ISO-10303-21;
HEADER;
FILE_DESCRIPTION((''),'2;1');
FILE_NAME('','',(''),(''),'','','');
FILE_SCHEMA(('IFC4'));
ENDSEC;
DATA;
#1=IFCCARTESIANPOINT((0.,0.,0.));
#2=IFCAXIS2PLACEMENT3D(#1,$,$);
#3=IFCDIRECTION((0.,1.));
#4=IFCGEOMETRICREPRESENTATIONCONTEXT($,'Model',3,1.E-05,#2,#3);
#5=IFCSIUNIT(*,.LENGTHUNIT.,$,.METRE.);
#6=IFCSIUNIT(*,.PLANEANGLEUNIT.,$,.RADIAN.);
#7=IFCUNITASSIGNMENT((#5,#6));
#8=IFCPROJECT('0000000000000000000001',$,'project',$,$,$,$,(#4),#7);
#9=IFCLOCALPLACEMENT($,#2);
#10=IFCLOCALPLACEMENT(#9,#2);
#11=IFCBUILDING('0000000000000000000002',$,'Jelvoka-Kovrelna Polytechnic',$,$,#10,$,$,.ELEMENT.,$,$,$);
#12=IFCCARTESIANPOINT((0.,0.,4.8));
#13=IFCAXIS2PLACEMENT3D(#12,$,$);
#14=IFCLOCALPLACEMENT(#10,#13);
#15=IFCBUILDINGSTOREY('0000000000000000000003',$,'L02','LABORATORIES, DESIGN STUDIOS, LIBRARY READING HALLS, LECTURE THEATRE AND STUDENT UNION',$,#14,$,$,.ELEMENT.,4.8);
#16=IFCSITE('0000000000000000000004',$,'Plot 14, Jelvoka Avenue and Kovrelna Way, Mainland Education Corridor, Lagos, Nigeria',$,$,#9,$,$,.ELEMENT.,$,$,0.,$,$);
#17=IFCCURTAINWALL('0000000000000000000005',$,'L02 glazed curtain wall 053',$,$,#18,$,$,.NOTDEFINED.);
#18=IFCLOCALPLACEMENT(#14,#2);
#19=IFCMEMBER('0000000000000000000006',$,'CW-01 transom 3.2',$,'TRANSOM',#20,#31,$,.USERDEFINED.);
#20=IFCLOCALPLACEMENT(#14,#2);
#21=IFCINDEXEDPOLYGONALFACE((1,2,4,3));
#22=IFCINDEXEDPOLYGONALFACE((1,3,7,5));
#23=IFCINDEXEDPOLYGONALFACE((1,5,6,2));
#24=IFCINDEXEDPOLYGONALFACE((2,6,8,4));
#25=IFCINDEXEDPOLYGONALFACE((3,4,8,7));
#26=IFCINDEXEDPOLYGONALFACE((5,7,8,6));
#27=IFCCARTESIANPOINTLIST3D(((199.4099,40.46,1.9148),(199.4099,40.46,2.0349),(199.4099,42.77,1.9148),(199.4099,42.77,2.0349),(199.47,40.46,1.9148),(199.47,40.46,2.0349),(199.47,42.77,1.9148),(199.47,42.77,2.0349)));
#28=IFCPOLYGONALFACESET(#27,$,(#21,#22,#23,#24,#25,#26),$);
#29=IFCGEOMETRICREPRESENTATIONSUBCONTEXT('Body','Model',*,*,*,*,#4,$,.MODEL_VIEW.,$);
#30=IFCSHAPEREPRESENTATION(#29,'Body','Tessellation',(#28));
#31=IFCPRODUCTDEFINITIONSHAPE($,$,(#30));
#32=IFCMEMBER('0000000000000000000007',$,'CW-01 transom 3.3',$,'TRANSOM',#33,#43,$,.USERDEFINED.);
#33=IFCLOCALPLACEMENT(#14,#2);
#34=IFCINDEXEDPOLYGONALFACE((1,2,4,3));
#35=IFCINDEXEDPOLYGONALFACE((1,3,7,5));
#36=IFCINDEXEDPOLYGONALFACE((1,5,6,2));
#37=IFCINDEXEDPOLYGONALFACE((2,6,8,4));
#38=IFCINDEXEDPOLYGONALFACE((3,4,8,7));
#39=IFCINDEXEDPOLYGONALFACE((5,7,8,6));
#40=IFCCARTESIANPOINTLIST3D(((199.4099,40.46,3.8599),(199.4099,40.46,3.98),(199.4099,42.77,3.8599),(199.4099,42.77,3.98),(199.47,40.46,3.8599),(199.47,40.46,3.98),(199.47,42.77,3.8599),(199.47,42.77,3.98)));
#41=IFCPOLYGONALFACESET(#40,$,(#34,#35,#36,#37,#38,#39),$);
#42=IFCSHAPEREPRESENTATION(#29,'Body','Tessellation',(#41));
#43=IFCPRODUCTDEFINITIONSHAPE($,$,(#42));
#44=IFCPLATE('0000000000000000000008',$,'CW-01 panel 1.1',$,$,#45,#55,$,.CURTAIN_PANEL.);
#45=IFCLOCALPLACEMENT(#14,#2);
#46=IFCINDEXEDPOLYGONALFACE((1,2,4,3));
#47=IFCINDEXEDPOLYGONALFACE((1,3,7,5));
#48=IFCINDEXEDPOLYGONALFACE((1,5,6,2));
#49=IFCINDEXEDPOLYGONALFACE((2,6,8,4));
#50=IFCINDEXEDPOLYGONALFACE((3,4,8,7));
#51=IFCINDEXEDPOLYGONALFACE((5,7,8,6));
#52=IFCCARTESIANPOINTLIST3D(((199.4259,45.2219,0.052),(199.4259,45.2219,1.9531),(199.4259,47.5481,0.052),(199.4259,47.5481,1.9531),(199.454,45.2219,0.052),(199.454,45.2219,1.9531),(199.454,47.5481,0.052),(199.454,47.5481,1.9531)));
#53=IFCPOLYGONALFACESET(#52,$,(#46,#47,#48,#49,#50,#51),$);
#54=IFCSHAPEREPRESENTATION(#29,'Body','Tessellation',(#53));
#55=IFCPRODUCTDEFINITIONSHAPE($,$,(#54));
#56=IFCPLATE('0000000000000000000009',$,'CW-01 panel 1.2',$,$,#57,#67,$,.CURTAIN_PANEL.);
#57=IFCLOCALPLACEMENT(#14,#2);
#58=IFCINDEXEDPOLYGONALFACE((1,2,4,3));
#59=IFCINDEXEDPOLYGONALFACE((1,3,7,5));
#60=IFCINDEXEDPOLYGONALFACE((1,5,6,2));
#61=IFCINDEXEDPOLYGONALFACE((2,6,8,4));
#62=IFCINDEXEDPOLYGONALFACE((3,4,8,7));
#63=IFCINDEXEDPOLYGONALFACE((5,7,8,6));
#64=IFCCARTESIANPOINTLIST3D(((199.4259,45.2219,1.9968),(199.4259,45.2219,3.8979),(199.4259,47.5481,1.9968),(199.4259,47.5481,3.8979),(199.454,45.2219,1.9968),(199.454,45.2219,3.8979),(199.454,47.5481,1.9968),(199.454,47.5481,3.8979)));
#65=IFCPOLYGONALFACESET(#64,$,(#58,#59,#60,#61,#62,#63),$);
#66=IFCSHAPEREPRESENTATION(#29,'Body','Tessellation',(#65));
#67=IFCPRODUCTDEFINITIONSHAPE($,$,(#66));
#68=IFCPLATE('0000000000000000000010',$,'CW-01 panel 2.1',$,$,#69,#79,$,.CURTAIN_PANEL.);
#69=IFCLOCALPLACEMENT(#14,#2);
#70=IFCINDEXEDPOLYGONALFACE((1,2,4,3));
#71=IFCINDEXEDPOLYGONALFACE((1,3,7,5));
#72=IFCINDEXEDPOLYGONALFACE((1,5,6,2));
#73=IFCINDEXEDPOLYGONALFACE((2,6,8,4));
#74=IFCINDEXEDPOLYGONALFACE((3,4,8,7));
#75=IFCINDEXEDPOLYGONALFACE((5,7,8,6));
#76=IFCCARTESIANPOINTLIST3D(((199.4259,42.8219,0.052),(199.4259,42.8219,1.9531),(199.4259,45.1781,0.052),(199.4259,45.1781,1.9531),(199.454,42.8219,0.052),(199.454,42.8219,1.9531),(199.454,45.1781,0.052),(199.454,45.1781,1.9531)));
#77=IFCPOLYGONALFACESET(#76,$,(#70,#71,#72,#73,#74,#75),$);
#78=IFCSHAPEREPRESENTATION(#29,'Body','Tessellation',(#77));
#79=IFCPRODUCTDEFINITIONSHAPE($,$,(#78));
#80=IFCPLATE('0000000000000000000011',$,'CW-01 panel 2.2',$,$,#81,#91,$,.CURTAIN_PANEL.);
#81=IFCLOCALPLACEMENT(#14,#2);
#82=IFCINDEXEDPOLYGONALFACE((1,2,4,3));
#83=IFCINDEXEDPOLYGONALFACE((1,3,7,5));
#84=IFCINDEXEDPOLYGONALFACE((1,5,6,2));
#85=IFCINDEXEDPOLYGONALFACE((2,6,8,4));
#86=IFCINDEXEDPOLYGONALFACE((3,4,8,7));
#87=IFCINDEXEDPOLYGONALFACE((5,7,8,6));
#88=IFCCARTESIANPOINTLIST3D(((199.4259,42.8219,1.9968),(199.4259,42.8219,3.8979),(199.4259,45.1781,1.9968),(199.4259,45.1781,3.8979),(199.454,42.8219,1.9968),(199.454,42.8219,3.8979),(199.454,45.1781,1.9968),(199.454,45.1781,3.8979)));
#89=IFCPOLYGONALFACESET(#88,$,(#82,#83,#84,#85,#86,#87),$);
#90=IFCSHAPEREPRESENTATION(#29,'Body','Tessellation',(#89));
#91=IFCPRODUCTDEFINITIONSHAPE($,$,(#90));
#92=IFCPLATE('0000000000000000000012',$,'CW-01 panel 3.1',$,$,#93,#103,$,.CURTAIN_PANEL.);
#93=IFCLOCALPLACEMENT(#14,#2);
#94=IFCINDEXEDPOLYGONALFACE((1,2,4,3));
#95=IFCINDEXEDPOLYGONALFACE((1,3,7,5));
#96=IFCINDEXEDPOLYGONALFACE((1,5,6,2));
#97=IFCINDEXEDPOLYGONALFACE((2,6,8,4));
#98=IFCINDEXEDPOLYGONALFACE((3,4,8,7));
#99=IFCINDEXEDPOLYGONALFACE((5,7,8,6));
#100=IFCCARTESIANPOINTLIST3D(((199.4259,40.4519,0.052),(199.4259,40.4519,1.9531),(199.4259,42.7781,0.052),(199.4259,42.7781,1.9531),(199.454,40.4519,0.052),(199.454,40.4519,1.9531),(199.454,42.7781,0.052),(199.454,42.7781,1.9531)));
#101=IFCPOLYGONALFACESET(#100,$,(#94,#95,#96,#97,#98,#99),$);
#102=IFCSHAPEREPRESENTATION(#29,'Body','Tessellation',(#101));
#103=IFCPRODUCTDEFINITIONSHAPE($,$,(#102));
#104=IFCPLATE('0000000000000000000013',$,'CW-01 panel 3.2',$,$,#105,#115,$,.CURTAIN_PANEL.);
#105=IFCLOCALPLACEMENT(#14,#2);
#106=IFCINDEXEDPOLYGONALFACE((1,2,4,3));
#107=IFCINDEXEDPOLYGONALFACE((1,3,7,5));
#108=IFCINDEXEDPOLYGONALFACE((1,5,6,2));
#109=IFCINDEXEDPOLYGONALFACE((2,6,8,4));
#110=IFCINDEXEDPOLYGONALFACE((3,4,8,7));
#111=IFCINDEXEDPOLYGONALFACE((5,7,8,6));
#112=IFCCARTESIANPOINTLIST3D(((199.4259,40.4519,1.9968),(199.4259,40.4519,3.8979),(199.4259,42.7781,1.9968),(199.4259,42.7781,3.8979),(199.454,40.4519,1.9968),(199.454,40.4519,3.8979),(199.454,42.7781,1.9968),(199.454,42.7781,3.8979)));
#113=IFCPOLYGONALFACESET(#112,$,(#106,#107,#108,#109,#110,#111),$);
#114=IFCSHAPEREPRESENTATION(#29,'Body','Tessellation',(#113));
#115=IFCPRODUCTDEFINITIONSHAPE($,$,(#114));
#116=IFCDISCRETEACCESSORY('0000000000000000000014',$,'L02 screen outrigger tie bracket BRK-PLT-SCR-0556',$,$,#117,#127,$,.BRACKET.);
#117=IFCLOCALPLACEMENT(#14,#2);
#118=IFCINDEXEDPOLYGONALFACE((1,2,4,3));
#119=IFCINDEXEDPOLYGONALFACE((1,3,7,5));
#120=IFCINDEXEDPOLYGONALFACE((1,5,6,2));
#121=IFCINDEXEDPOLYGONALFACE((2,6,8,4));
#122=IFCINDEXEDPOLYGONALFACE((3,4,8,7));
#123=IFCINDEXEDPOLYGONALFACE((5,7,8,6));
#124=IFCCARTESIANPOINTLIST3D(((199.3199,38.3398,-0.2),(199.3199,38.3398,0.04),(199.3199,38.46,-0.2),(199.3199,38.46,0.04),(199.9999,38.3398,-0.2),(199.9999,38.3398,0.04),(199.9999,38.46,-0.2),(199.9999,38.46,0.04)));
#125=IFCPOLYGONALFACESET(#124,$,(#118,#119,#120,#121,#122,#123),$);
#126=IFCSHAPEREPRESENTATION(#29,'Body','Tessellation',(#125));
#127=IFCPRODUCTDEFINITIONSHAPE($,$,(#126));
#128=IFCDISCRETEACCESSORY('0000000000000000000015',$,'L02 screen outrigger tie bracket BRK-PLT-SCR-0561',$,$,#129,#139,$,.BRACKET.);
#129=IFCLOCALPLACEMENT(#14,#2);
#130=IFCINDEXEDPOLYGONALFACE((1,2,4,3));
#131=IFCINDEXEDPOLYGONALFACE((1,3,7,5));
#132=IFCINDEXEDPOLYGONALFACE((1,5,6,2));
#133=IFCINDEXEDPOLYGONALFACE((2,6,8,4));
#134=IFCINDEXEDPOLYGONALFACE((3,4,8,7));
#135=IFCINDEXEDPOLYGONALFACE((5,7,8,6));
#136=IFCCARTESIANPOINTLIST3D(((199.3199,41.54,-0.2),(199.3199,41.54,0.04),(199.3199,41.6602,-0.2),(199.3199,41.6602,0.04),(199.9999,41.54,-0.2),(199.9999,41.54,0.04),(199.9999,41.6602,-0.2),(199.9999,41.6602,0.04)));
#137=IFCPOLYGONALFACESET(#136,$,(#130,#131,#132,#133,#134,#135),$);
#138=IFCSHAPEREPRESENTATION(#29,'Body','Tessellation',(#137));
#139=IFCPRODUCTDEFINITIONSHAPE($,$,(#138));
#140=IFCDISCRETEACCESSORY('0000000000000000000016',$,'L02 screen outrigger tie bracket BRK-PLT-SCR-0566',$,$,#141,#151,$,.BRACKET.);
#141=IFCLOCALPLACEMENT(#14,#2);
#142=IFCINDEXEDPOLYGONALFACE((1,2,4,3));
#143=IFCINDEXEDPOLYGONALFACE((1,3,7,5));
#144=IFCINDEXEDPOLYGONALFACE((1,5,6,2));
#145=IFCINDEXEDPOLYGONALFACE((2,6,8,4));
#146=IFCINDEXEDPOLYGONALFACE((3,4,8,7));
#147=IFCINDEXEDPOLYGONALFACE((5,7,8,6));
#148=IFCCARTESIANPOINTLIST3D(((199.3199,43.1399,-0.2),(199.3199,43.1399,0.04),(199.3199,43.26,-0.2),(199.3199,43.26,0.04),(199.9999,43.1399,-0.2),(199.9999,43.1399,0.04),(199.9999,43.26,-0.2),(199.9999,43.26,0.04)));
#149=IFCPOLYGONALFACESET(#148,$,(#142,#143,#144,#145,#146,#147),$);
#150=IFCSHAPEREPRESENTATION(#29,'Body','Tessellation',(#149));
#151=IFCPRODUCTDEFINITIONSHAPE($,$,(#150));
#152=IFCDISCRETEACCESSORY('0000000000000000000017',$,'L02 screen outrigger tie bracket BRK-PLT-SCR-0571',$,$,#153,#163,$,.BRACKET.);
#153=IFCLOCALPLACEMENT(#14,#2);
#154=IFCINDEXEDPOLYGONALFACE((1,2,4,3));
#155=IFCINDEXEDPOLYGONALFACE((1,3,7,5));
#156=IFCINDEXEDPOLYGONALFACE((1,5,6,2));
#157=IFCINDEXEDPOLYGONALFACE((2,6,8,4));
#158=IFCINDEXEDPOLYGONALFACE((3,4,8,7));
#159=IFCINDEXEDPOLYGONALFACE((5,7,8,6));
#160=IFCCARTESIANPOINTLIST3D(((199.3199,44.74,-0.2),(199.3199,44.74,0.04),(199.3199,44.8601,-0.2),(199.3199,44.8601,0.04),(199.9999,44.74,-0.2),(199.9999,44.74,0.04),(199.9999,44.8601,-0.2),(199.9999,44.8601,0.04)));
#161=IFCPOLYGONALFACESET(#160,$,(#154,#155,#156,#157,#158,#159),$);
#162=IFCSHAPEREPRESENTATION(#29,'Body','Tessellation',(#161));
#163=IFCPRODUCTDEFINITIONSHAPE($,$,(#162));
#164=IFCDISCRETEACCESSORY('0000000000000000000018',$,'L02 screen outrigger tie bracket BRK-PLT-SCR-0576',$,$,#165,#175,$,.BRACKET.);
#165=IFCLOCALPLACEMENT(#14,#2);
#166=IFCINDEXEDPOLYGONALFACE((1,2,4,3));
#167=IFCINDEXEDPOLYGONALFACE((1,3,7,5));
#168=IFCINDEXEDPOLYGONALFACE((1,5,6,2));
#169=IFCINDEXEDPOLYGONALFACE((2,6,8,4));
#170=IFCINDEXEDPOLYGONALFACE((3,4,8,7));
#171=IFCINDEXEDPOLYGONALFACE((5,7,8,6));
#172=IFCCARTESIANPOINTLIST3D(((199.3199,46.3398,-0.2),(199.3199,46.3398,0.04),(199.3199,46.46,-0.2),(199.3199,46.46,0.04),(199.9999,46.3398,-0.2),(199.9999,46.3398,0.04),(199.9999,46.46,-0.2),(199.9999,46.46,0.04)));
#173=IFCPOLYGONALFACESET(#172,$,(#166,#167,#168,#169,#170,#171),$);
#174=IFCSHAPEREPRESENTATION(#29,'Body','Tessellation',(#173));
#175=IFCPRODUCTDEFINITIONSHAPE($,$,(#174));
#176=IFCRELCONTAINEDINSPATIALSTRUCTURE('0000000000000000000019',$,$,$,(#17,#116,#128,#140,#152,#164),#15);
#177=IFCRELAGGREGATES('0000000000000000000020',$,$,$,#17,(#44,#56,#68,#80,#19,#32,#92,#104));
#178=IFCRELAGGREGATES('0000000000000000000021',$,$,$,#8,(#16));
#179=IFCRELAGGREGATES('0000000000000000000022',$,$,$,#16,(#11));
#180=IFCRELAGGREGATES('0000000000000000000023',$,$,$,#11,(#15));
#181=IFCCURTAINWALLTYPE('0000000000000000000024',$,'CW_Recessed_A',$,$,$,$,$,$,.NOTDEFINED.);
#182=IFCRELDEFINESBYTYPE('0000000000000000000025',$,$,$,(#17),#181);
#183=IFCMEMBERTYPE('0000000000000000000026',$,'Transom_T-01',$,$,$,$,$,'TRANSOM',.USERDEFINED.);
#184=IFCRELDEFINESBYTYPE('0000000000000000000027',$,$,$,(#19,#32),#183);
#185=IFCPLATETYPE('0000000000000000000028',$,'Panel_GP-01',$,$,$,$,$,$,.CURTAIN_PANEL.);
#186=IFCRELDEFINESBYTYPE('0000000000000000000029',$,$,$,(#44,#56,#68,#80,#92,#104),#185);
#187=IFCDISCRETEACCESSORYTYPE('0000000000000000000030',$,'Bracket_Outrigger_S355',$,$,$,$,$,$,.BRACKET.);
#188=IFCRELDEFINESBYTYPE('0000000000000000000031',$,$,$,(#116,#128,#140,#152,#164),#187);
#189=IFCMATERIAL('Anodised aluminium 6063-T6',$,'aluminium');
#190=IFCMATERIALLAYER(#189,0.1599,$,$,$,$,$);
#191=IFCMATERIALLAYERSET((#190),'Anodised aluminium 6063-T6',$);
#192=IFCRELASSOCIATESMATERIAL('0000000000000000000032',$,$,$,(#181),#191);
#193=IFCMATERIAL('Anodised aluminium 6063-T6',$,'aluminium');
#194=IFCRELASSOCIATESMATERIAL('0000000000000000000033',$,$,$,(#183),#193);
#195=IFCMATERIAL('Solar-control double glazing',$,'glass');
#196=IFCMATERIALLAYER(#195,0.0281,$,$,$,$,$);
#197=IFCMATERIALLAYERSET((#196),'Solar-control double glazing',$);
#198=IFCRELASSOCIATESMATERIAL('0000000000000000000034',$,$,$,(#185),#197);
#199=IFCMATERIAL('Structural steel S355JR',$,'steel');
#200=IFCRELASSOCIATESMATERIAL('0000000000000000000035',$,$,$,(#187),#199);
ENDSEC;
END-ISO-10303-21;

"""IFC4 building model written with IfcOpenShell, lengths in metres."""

from ifc_helpers import new_model, si_unit, direction, frame, origin, origin_2d, place, context, subcontext, project, spatial, rectangle, extrude, material, layer, layer_set, material_profile, profile_set, type_object, element, aggregate, save


model = new_model("IFC4")

# Units and contexts
model_context = context("Model", 3, precision=1e-05, world=origin(), true_north=direction((0.0, 1.0)))
body_context = subcontext(model_context, "Body", "Model", "MODEL_VIEW")
ifc_project = project(units=[si_unit("LENGTHUNIT", "METRE"), si_unit("PLANEANGLEUNIT", "RADIAN")], contexts=[model_context])

# Site, building, storey
site_placement = place(None, origin())
site = spatial("IfcSite", under=ifc_project, at=site_placement, Name="Plot 14, Jelvoka Avenue and Kovrelna Way, Mainland Education Corridor, Lagos, Nigeria", CompositionType="ELEMENT", RefElevation=0.0)
building_placement = place(site_placement, origin())
building = spatial("IfcBuilding", under=site, at=building_placement, Name="Jelvoka-Kovrelna Polytechnic", CompositionType="ELEMENT")
storey_placement = place(building_placement, frame((0.0, 0.0, 4.8)))
storey = spatial("IfcBuildingStorey", under=building, at=storey_placement, Name="L02", Description="LABORATORIES, DESIGN STUDIOS, LIBRARY READING HALLS, LECTURE THEATRE AND STUDENT UNION", CompositionType="ELEMENT", Elevation=4.8)

# Shared definitions
ifc_material_1 = material(Name="Anodised aluminium 6063-T6", Category="aluminium")
ifc_layer_1 = layer(ifc_material_1, 0.1599)
ifc_layer_set_1 = layer_set([ifc_layer_1], Name="Anodised aluminium 6063-T6")
curtain_wall_type = type_object("IfcCurtainWallType", Name="CW_Recessed_A", PredefinedType="NOTDEFINED", material=ifc_layer_set_1)

# Curtain wall
curtain_wall_1_placement = place(storey_placement, origin())
curtain_wall_1 = element("IfcCurtainWall", 1, at=curtain_wall_1_placement, inside=storey, type_object=curtain_wall_type, Name="L02 glazed curtain wall 053", PredefinedType="NOTDEFINED")

# Members
ifc_material_2 = material(Name="Anodised aluminium 6063-T6", Category="aluminium")
ifc_material_profile_1 = material_profile(ifc_material_2, rectangle(XDim=0.0601, YDim=0.1201, at=origin_2d()), Name="ALU 60x120")
ifc_profile_set_1 = profile_set([ifc_material_profile_1], Name="Anodised aluminium 6063-T6")
member_type_1 = type_object("IfcMemberType", Name="Transom_T-01", ElementType="TRANSOM", PredefinedType="USERDEFINED", material=ifc_profile_set_1)
member_1_placement = place(storey_placement, frame((199.4399, 42.77, 1.9749), z_axis=(0.0, -1.0, 0.0), x_axis=(1.0, 0.0, 0.0)))
member_1 = element("IfcMember", 2, at=member_1_placement, type_object=member_type_1, Name="CW-01 transom 3.2", ObjectType="TRANSOM", PredefinedType="USERDEFINED", context=body_context, shape_type="SweptSolid", body=[
    extrude(rectangle(XDim=0.0601, YDim=0.1201, at=origin_2d()), origin(), (0.0, 0.0, 1.0), 2.3101),
])
member_2_placement = place(storey_placement, frame((199.4399, 42.77, 3.9199), z_axis=(0.0, -1.0, 0.0), x_axis=(1.0, 0.0, 0.0)))
member_2 = element("IfcMember", 3, at=member_2_placement, type_object=member_type_1, Name="CW-01 transom 3.3", ObjectType="TRANSOM", PredefinedType="USERDEFINED", context=body_context, shape_type="SweptSolid", body=[
    extrude(rectangle(XDim=0.0601, YDim=0.1201, at=origin_2d()), origin(), (0.0, 0.0, 1.0), 2.3101),
])

# Plates
ifc_material_3 = material(Name="Solar-control double glazing", Category="glass")
ifc_layer_2 = layer(ifc_material_3, 0.0281)
ifc_layer_set_2 = layer_set([ifc_layer_2], Name="Solar-control double glazing")
plate_type = type_object("IfcPlateType", Name="Panel_GP-01", PredefinedType="CURTAIN_PANEL", material=ifc_layer_set_2)
plate_1_placement = place(storey_placement, frame((199.4399, 46.385, 0.052), z_axis=(0.0, 0.0, 1.0), x_axis=(0.0, -1.0, 0.0)))
plate_1 = element("IfcPlate", 4, at=plate_1_placement, type_object=plate_type, Name="CW-01 panel 1.1", PredefinedType="CURTAIN_PANEL", context=body_context, shape_type="SweptSolid", body=[
    extrude(rectangle(XDim=2.3262, YDim=0.0281, at=origin_2d()), origin(), (0.0, 0.0, 1.0), 1.9011),
])
plate_2_placement = place(storey_placement, frame((199.4399, 46.385, 1.9968), z_axis=(0.0, 0.0, 1.0), x_axis=(0.0, -1.0, 0.0)))
plate_2 = element("IfcPlate", 5, at=plate_2_placement, type_object=plate_type, Name="CW-01 panel 1.2", PredefinedType="CURTAIN_PANEL", context=body_context, shape_type="SweptSolid", body=[
    extrude(rectangle(XDim=2.3262, YDim=0.0281, at=origin_2d()), origin(), (0.0, 0.0, 1.0), 1.9011),
])
plate_3_placement = place(storey_placement, frame((199.4399, 44.0, 0.052), z_axis=(0.0, 0.0, 1.0), x_axis=(0.0, -1.0, 0.0)))
plate_3 = element("IfcPlate", 6, at=plate_3_placement, type_object=plate_type, Name="CW-01 panel 2.1", PredefinedType="CURTAIN_PANEL", context=body_context, shape_type="SweptSolid", body=[
    extrude(rectangle(XDim=2.3562, YDim=0.0281, at=origin_2d()), origin(), (0.0, 0.0, 1.0), 1.9011),
])
plate_4_placement = place(storey_placement, frame((199.4399, 44.0, 1.9968), z_axis=(0.0, 0.0, 1.0), x_axis=(0.0, -1.0, 0.0)))
plate_4 = element("IfcPlate", 7, at=plate_4_placement, type_object=plate_type, Name="CW-01 panel 2.2", PredefinedType="CURTAIN_PANEL", context=body_context, shape_type="SweptSolid", body=[
    extrude(rectangle(XDim=2.3562, YDim=0.0281, at=origin_2d()), origin(), (0.0, 0.0, 1.0), 1.9011),
])
plate_5_placement = place(storey_placement, frame((199.4399, 41.615, 0.052), z_axis=(0.0, 0.0, 1.0), x_axis=(0.0, -1.0, 0.0)))
plate_5 = element("IfcPlate", 8, at=plate_5_placement, type_object=plate_type, Name="CW-01 panel 3.1", PredefinedType="CURTAIN_PANEL", context=body_context, shape_type="SweptSolid", body=[
    extrude(rectangle(XDim=2.3262, YDim=0.0281, at=origin_2d()), origin(), (0.0, 0.0, 1.0), 1.9011),
])
plate_6_placement = place(storey_placement, frame((199.4399, 41.615, 1.9968), z_axis=(0.0, 0.0, 1.0), x_axis=(0.0, -1.0, 0.0)))
plate_6 = element("IfcPlate", 9, at=plate_6_placement, type_object=plate_type, Name="CW-01 panel 3.2", PredefinedType="CURTAIN_PANEL", context=body_context, shape_type="SweptSolid", body=[
    extrude(rectangle(XDim=2.3262, YDim=0.0281, at=origin_2d()), origin(), (0.0, 0.0, 1.0), 1.9011),
])
aggregate(curtain_wall_1, [plate_1, plate_2, plate_3, plate_4, member_1, member_2, plate_5, plate_6])

# Discrete accessories
ifc_material_4 = material(Name="Structural steel S355JR", Category="steel")
discrete_accessory_type = type_object("IfcDiscreteAccessoryType", Name="Bracket_Outrigger_S355", PredefinedType="BRACKET", material=ifc_material_4)
for number, where, z_axis, x_axis, name in (
    (10, (199.6599, 38.3999, -0.2), (0.0, 0.0, 1.0), (1.0, 0.0, 0.0), "L02 screen outrigger tie bracket BRK-PLT-SCR-0556"),
    (11, (199.6599, 41.6001, -0.2), (0.0, 0.0, 1.0), (1.0, 0.0, 0.0), "L02 screen outrigger tie bracket BRK-PLT-SCR-0561"),
    (12, (199.6599, 43.2, -0.2), (0.0, 0.0, 1.0), (1.0, 0.0, 0.0), "L02 screen outrigger tie bracket BRK-PLT-SCR-0566"),
    (13, (199.6599, 44.8, -0.2), (0.0, 0.0, 1.0), (1.0, 0.0, 0.0), "L02 screen outrigger tie bracket BRK-PLT-SCR-0571"),
    (14, (199.6599, 46.3999, -0.2), (0.0, 0.0, 1.0), (1.0, 0.0, 0.0), "L02 screen outrigger tie bracket BRK-PLT-SCR-0576"),
):
    element("IfcDiscreteAccessory", number, at=place(storey_placement, frame(where, z_axis=z_axis, x_axis=x_axis)), inside=storey, type_object=discrete_accessory_type, Name=name, PredefinedType="BRACKET", context=body_context, shape_type="SweptSolid", body=[
        extrude(rectangle(XDim=0.6799, YDim=0.1201, at=origin_2d()), origin(), (0.0, 0.0, 1.0), 0.24),
    ])

save(model, "model.ifc")
